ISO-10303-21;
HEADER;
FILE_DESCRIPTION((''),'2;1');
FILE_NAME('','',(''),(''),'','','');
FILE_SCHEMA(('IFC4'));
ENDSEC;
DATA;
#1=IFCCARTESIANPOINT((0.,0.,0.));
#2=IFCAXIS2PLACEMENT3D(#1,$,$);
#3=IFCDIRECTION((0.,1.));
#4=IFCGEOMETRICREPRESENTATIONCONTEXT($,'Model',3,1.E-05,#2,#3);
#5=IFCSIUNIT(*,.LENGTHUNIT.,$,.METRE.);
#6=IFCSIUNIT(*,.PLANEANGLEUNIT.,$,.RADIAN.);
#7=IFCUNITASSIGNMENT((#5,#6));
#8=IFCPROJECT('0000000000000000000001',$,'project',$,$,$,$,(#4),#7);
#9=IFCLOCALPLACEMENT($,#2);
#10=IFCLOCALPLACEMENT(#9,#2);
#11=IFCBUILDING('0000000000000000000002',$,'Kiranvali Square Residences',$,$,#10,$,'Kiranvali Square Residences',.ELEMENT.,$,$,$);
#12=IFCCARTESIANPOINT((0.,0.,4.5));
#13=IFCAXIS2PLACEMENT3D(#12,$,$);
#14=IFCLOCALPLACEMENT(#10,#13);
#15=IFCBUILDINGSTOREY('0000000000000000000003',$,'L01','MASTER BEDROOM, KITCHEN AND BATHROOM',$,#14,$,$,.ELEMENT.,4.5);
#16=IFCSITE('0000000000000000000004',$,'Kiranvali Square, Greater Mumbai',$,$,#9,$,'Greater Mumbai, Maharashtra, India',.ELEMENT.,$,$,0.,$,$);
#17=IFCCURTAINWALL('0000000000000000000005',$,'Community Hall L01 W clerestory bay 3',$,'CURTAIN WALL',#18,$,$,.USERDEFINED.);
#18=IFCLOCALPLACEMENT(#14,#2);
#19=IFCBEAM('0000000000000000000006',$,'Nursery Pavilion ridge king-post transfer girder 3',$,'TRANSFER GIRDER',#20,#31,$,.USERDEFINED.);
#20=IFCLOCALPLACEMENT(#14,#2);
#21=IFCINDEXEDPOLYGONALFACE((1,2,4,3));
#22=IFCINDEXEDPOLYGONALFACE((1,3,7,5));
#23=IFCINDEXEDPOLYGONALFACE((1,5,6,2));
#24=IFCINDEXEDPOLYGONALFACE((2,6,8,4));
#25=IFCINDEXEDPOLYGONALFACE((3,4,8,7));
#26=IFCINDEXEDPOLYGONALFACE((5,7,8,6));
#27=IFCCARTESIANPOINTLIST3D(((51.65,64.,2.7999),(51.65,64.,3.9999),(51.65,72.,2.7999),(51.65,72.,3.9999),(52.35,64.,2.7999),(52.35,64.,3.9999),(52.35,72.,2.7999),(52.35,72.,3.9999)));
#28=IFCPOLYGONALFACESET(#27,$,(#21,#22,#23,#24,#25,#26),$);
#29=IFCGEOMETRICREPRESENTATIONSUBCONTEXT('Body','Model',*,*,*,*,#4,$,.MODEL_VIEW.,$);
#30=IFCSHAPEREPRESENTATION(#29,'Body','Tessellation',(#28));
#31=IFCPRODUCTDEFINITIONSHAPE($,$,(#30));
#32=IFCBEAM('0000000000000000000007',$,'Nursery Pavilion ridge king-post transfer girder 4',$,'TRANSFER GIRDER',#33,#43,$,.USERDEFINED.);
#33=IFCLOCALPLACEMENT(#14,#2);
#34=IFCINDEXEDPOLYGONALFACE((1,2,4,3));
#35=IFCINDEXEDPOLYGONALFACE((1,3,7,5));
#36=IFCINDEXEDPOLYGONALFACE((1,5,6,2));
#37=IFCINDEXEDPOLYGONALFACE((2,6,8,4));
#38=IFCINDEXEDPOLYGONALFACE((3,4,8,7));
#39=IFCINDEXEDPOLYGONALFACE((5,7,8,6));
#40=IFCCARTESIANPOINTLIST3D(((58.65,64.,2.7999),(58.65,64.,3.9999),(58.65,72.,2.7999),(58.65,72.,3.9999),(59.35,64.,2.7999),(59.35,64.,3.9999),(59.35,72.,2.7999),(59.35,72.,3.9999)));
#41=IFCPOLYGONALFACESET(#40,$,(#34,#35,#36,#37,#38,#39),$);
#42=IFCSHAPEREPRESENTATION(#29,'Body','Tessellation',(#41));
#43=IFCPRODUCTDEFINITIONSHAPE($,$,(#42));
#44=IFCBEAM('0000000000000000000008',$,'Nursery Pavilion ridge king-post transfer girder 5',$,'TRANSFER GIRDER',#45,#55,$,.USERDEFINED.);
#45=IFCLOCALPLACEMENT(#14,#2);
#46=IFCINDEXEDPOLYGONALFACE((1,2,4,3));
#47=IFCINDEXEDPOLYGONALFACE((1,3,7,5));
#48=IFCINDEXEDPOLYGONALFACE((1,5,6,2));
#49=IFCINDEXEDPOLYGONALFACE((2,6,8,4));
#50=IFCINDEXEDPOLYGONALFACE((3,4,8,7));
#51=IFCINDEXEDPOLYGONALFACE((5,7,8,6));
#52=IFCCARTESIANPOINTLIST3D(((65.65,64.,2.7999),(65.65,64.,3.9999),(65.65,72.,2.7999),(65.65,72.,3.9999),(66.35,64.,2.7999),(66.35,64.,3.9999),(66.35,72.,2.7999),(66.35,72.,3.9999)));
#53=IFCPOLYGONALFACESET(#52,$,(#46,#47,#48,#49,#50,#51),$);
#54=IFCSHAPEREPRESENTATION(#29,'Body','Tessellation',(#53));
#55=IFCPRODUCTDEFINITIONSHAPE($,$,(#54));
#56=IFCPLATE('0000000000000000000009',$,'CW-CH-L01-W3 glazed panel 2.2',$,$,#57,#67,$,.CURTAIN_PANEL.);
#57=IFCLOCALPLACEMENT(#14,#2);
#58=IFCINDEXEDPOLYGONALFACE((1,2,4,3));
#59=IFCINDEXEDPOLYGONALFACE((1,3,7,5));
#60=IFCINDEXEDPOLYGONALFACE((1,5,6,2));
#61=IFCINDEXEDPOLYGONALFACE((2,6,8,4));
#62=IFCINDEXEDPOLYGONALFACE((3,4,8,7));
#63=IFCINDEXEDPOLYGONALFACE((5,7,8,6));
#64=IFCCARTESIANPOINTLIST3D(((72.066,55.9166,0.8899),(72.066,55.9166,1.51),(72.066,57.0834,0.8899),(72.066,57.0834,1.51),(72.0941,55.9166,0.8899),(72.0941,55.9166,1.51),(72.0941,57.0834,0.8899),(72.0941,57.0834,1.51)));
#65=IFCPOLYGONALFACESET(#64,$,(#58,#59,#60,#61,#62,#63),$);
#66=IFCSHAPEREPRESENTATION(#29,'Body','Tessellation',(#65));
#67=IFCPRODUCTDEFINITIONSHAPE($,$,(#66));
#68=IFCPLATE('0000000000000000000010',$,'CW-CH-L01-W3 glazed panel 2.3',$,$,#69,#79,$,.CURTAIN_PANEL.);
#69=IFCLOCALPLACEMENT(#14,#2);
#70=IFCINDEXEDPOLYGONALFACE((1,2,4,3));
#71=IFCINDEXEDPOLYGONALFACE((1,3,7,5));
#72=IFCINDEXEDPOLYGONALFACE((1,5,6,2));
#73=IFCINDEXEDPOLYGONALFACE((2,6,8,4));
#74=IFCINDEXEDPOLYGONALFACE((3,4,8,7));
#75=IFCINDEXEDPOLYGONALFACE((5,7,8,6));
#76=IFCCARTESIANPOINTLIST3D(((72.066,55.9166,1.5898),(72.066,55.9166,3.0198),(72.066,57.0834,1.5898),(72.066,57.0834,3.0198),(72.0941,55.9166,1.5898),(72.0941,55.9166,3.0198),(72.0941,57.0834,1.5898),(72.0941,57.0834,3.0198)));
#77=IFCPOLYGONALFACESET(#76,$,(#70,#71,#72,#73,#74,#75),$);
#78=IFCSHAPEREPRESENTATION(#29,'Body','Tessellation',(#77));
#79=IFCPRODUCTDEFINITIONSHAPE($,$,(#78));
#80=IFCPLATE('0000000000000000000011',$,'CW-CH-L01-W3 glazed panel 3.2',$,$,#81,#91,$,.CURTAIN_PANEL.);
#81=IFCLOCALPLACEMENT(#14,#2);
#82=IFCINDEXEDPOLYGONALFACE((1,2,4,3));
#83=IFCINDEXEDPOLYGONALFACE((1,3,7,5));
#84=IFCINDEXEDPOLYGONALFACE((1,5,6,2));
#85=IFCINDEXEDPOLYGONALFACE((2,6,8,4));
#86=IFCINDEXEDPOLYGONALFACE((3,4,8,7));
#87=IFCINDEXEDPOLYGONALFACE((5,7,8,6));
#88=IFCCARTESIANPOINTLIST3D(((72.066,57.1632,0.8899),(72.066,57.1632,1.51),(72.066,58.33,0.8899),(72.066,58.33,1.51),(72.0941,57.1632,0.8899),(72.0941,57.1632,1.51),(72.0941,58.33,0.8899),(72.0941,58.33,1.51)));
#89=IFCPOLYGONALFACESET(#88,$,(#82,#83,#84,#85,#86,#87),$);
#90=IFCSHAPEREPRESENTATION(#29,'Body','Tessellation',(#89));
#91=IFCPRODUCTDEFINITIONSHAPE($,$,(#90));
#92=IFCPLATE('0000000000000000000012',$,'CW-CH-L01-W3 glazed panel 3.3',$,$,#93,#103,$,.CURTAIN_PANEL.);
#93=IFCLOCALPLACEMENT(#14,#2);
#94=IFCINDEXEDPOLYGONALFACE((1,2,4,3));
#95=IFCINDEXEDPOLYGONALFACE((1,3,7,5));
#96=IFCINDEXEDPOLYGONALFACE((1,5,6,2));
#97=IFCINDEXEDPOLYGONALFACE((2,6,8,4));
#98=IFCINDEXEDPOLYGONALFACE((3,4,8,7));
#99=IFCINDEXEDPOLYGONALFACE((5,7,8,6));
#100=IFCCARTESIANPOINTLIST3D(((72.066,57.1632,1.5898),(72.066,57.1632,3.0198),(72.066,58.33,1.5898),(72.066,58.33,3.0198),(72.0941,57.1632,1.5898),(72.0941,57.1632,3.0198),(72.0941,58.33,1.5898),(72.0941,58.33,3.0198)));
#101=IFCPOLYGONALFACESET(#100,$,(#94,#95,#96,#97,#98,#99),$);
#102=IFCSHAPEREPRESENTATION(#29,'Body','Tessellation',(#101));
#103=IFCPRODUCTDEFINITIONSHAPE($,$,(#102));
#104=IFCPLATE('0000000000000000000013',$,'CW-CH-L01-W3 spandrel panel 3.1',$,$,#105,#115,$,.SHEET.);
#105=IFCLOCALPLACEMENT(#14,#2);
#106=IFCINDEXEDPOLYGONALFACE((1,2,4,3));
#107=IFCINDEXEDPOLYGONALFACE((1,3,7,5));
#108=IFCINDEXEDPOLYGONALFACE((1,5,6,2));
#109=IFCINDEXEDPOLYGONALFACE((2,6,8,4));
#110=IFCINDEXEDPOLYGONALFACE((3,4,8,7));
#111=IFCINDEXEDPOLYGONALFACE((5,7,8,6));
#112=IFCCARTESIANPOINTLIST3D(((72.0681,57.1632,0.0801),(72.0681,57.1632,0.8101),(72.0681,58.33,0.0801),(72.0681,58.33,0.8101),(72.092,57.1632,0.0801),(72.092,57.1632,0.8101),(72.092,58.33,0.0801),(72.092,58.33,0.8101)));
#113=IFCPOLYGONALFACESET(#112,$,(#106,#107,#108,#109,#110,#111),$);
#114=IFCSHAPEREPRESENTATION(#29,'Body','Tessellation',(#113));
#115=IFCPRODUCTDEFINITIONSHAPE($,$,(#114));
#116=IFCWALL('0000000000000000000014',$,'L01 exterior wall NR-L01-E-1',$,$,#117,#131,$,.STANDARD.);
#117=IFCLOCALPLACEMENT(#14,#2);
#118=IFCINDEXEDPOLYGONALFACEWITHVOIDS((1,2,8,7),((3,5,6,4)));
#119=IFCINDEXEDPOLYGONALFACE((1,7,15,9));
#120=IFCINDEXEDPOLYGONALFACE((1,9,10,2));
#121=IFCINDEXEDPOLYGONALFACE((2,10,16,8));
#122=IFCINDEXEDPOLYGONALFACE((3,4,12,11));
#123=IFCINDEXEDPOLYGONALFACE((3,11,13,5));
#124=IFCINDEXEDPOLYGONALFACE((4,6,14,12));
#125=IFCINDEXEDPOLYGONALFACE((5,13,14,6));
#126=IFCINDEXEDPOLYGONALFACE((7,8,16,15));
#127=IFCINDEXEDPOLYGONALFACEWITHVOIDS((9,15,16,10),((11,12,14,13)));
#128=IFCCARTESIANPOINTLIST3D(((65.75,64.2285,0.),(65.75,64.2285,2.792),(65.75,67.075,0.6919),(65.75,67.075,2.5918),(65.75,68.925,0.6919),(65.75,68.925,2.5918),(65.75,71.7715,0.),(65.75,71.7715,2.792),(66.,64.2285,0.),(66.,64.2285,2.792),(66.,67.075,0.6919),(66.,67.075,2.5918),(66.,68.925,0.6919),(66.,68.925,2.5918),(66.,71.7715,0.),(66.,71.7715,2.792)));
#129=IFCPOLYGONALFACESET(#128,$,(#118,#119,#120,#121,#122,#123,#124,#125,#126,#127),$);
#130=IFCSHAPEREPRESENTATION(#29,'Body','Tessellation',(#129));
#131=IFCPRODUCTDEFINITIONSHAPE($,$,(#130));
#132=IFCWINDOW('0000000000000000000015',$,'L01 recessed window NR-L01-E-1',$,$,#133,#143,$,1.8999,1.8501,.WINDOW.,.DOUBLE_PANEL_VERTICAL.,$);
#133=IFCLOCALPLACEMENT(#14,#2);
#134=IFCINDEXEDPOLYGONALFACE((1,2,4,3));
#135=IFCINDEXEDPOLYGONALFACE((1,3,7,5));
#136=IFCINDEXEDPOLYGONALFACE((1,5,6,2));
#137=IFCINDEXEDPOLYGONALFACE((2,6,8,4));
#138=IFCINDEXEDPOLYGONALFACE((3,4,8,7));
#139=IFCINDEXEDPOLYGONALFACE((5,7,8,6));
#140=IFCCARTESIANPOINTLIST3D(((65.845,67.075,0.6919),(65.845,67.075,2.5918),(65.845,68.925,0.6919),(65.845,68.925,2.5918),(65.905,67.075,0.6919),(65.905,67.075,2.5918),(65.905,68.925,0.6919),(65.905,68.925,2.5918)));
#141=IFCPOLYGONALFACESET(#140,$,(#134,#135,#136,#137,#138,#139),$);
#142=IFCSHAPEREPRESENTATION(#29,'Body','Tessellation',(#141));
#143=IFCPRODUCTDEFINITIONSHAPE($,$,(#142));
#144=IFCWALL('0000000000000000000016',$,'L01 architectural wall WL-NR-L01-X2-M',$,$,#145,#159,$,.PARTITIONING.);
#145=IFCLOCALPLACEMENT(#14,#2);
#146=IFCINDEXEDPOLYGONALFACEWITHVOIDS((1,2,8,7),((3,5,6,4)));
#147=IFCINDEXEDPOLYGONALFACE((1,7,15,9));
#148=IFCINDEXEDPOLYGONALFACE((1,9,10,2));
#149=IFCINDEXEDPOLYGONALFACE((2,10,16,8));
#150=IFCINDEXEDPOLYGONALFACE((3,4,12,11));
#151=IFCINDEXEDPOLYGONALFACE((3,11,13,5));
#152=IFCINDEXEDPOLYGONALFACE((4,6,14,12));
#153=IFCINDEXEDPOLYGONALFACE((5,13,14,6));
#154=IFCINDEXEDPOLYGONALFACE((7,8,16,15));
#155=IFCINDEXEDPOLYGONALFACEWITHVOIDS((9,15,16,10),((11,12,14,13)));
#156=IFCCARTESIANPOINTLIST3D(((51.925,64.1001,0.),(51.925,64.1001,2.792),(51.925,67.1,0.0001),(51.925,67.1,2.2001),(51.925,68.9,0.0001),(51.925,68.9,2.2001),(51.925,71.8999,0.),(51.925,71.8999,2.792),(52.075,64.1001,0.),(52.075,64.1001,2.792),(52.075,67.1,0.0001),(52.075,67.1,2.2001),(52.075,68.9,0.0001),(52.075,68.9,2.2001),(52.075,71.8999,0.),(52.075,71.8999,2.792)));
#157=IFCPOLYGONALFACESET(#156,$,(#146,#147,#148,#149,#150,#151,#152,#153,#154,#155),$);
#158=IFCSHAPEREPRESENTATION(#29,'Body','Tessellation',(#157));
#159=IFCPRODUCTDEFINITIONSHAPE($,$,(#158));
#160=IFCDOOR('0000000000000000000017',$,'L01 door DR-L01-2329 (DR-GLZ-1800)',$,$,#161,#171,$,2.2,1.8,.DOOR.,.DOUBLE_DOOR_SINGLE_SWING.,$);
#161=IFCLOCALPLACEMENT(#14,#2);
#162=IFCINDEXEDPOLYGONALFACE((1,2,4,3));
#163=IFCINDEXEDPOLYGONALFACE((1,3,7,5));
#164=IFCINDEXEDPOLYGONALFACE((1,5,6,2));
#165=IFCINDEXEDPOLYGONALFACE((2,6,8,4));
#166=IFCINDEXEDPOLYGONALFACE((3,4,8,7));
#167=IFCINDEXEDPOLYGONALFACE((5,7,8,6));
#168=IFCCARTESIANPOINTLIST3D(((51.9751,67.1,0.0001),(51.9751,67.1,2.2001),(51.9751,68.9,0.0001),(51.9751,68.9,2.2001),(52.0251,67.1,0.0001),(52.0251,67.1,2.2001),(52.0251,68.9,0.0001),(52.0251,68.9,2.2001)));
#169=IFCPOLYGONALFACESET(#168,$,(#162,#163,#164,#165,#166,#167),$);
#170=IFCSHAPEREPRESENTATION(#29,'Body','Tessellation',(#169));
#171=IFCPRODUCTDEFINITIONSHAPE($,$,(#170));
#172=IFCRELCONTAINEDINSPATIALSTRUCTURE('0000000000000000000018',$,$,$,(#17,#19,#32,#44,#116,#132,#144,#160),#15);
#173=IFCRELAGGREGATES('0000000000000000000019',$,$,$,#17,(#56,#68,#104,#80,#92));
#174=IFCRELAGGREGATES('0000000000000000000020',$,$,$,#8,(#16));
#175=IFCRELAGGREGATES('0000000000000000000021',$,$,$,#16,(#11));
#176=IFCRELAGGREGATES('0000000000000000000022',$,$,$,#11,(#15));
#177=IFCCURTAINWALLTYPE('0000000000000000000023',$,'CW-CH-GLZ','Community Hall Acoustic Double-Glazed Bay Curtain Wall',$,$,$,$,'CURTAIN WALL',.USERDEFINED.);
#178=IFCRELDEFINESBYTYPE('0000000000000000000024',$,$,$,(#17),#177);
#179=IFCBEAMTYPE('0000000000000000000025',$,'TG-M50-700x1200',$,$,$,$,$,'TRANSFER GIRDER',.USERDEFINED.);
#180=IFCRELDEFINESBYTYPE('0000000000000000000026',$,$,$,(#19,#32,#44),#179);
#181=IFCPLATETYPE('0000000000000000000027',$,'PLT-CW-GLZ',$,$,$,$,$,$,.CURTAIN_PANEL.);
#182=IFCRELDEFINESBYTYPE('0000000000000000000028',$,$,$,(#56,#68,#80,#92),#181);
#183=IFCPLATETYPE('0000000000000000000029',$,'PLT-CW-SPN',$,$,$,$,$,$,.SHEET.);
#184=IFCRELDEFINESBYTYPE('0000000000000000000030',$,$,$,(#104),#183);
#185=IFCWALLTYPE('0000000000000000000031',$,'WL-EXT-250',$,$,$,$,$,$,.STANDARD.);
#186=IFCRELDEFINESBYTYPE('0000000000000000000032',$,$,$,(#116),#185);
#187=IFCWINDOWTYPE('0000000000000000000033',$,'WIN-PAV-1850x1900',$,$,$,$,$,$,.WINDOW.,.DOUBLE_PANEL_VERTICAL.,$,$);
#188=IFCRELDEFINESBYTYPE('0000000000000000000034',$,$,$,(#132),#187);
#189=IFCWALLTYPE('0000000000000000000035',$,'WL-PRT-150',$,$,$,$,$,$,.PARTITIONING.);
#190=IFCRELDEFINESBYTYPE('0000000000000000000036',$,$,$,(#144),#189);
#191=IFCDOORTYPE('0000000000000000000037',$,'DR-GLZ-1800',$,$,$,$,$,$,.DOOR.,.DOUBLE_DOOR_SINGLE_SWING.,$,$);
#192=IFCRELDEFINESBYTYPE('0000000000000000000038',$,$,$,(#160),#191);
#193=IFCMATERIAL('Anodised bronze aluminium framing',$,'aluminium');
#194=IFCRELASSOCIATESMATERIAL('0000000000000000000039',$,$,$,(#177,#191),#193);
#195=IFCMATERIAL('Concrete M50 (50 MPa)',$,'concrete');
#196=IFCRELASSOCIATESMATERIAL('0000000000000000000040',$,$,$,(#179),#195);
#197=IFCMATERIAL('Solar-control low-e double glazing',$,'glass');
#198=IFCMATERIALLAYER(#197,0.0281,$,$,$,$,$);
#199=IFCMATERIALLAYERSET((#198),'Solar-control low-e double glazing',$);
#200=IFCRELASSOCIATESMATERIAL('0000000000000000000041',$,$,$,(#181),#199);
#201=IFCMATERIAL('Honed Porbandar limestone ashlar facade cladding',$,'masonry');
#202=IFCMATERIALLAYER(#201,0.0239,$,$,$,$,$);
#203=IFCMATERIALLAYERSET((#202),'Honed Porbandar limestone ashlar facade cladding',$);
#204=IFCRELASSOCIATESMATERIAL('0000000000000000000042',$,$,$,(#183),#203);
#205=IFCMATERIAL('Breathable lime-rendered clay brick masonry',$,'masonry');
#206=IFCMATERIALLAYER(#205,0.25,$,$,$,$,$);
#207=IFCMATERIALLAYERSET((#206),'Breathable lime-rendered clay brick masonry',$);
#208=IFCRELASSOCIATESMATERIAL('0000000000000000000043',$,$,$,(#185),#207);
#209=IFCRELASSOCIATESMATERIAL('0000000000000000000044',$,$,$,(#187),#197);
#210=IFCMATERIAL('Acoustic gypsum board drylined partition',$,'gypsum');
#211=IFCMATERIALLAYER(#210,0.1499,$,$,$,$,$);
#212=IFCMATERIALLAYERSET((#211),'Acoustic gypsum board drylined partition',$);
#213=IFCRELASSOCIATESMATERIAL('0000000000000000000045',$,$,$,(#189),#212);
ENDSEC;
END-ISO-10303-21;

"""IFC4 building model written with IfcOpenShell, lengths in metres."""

from ifc_helpers import new_model, si_unit, direction, frame, frame_2d, origin, origin_2d, place, context, subcontext, project, spatial, rectangle, extrude, material, layer, layer_set, material_profile, profile_set, type_object, element, fill, aggregate, save


model = new_model("IFC4")

# Units and contexts
model_context = context("Model", 3, precision=1e-05, world=origin(), true_north=direction((0.0, 1.0)))
body_context = subcontext(model_context, "Body", "Model", "MODEL_VIEW")
ifc_project = project(units=[si_unit("LENGTHUNIT", "METRE"), si_unit("PLANEANGLEUNIT", "RADIAN")], contexts=[model_context])

# Site, building, storey
site_placement = place(None, origin())
site = spatial("IfcSite", under=ifc_project, at=site_placement, Name="Kiranvali Square, Greater Mumbai", LongName="Greater Mumbai, Maharashtra, India", CompositionType="ELEMENT", RefElevation=0.0)
building_placement = place(site_placement, origin())
building = spatial("IfcBuilding", under=site, at=building_placement, Name="Kiranvali Square Residences", LongName="Kiranvali Square Residences", CompositionType="ELEMENT")
storey_placement = place(building_placement, frame((0.0, 0.0, 4.5)))
storey = spatial("IfcBuildingStorey", under=building, at=storey_placement, Name="L01", Description="MASTER BEDROOM, KITCHEN AND BATHROOM", CompositionType="ELEMENT", Elevation=4.5)

# Curtain wall
ifc_material_1 = material(Name="Anodised bronze aluminium framing", Category="aluminium")
curtain_wall_type = type_object("IfcCurtainWallType", Name="CW-CH-GLZ", Description="Community Hall Acoustic Double-Glazed Bay Curtain Wall", ElementType="CURTAIN WALL", PredefinedType="USERDEFINED", material=ifc_material_1)
curtain_wall_1_placement = place(storey_placement, origin())
curtain_wall_1 = element("IfcCurtainWall", 1, at=curtain_wall_1_placement, inside=storey, type_object=curtain_wall_type, Name="Community Hall L01 W clerestory bay 3", ObjectType="CURTAIN WALL", PredefinedType="USERDEFINED")

# Beams
ifc_material_2 = material(Name="Concrete M50 (50 MPa)", Category="concrete")
ifc_material_profile_1 = material_profile(ifc_material_2, rectangle(XDim=0.7, YDim=1.2, at=origin_2d()), Name="RC 700x1200")
ifc_profile_set_1 = profile_set([ifc_material_profile_1], Name="Concrete M50 (50 MPa)")
beam_type_1 = type_object("IfcBeamType", Name="TG-M50-700x1200", ElementType="TRANSFER GIRDER", PredefinedType="USERDEFINED", material=ifc_profile_set_1)
for number, where, z_axis, x_axis, name in (
    (2, (52.0, 64.0, 3.3999), (0.0, 1.0, 0.0), (-1.0, 0.0, 0.0), "Nursery Pavilion ridge king-post transfer girder 3"),
    (3, (59.0, 64.0, 3.3999), (0.0, 1.0, 0.0), (-1.0, 0.0, 0.0), "Nursery Pavilion ridge king-post transfer girder 4"),
    (4, (66.0, 64.0, 3.3999), (0.0, 1.0, 0.0), (-1.0, 0.0, 0.0), "Nursery Pavilion ridge king-post transfer girder 5"),
):
    element("IfcBeam", number, at=place(storey_placement, frame(where, z_axis=z_axis, x_axis=x_axis)), inside=storey, type_object=beam_type_1, Name=name, ObjectType="TRANSFER GIRDER", PredefinedType="USERDEFINED", context=body_context, shape_type="SweptSolid", body=[
        extrude(rectangle(XDim=0.7, YDim=1.2, at=origin_2d()), origin(), (0.0, 0.0, 1.0), 8.0),
    ])

# Plates
ifc_material_3 = material(Name="Solar-control low-e double glazing", Category="glass")
ifc_layer_1 = layer(ifc_material_3, 0.0281)
ifc_layer_set_1 = layer_set([ifc_layer_1], Name="Solar-control low-e double glazing")
plate_type_1 = type_object("IfcPlateType", Name="PLT-CW-GLZ", PredefinedType="CURTAIN_PANEL", material=ifc_layer_set_1)
plate_1_placement = place(storey_placement, frame((72.0801, 56.5, 0.8899), z_axis=(0.0, 0.0, 1.0), x_axis=(0.0, 1.0, 0.0)))
plate_1 = element("IfcPlate", 5, at=plate_1_placement, type_object=plate_type_1, Name="CW-CH-L01-W3 glazed panel 2.2", PredefinedType="CURTAIN_PANEL", context=body_context, shape_type="SweptSolid", body=[
    extrude(rectangle(XDim=1.1667, YDim=0.0281, at=origin_2d()), origin(), (0.0, 0.0, 1.0), 0.6201),
])
plate_2_placement = place(storey_placement, frame((72.0801, 56.5, 1.5898), z_axis=(0.0, 0.0, 1.0), x_axis=(0.0, 1.0, 0.0)))
plate_2 = element("IfcPlate", 6, at=plate_2_placement, type_object=plate_type_1, Name="CW-CH-L01-W3 glazed panel 2.3", PredefinedType="CURTAIN_PANEL", context=body_context, shape_type="SweptSolid", body=[
    extrude(rectangle(XDim=1.1667, YDim=0.0281, at=origin_2d()), origin(), (0.0, 0.0, 1.0), 1.4299),
])
plate_3_placement = place(storey_placement, frame((72.0801, 57.7466, 0.8899), z_axis=(0.0, 0.0, 1.0), x_axis=(0.0, 1.0, 0.0)))
plate_3 = element("IfcPlate", 7, at=plate_3_placement, type_object=plate_type_1, Name="CW-CH-L01-W3 glazed panel 3.2", PredefinedType="CURTAIN_PANEL", context=body_context, shape_type="SweptSolid", body=[
    extrude(rectangle(XDim=1.1667, YDim=0.0281, at=origin_2d()), origin(), (0.0, 0.0, 1.0), 0.6201),
])
plate_4_placement = place(storey_placement, frame((72.0801, 57.7466, 1.5898), z_axis=(0.0, 0.0, 1.0), x_axis=(0.0, 1.0, 0.0)))
plate_4 = element("IfcPlate", 8, at=plate_4_placement, type_object=plate_type_1, Name="CW-CH-L01-W3 glazed panel 3.3", PredefinedType="CURTAIN_PANEL", context=body_context, shape_type="SweptSolid", body=[
    extrude(rectangle(XDim=1.1667, YDim=0.0281, at=origin_2d()), origin(), (0.0, 0.0, 1.0), 1.4299),
])
ifc_material_4 = material(Name="Honed Porbandar limestone ashlar facade cladding", Category="masonry")
ifc_layer_2 = layer(ifc_material_4, 0.0239)
ifc_layer_set_2 = layer_set([ifc_layer_2], Name="Honed Porbandar limestone ashlar facade cladding")
plate_type_2 = type_object("IfcPlateType", Name="PLT-CW-SPN", PredefinedType="SHEET", material=ifc_layer_set_2)
plate_5_placement = place(storey_placement, frame((72.0801, 57.7466, 0.0801), z_axis=(0.0, 0.0, 1.0), x_axis=(0.0, 1.0, 0.0)))
plate_5 = element("IfcPlate", 9, at=plate_5_placement, type_object=plate_type_2, Name="CW-CH-L01-W3 spandrel panel 3.1", PredefinedType="SHEET", context=body_context, shape_type="SweptSolid", body=[
    extrude(rectangle(XDim=1.1667, YDim=0.0239, at=origin_2d()), origin(), (0.0, 0.0, 1.0), 0.73),
])
aggregate(curtain_wall_1, [plate_1, plate_2, plate_5, plate_3, plate_4])

# Wall, opening, window
ifc_material_5 = material(Name="Breathable lime-rendered clay brick masonry", Category="masonry")
ifc_layer_3 = layer(ifc_material_5, 0.25)
ifc_layer_set_3 = layer_set([ifc_layer_3], Name="Breathable lime-rendered clay brick masonry")
wall_type_1 = type_object("IfcWallType", Name="WL-EXT-250", PredefinedType="STANDARD", material=ifc_layer_set_3)
wall_1_placement = place(storey_placement, frame((65.875, 64.2285, 0.0), z_axis=(0.0, 0.0, 1.0), x_axis=(0.0, 1.0, 0.0)))
wall_1 = element("IfcWall", 10, at=wall_1_placement, inside=storey, type_object=wall_type_1, Name="L01 exterior wall NR-L01-E-1", PredefinedType="STANDARD", context=body_context, shape_type="SweptSolid", body=[
    extrude(rectangle(XDim=7.543, YDim=0.25, at=frame_2d((3.7715, 0.0))), origin(), (0.0, 0.0, 1.0), 2.792),
])
opening_1_placement = place(wall_1_placement, frame((2.8464, 0.0, 0.6919)))
opening_1 = element("IfcOpeningElement", 11, at=opening_1_placement, cuts=wall_1, PredefinedType="OPENING", context=body_context, shape_type="SweptSolid", body=[
    extrude(rectangle(XDim=1.8501, YDim=1.8999, at=frame_2d((0.925, 0.95))), frame((0.0, 0.135, 0.0), z_axis=(0.0, -1.0, 0.0), x_axis=(1.0, 0.0, 0.0)), (0.0, 0.0, 1.0), 0.27),
])
window_type = type_object("IfcWindowType", Name="WIN-PAV-1850x1900", PartitioningType="DOUBLE_PANEL_VERTICAL", PredefinedType="WINDOW", material=ifc_material_3)
window_placement = place(opening_1_placement, origin())
window = element("IfcWindow", 12, at=window_placement, inside=storey, type_object=window_type, Name="L01 recessed window NR-L01-E-1", OverallHeight=1.8999, OverallWidth=1.8501, PartitioningType="DOUBLE_PANEL_VERTICAL", PredefinedType="WINDOW", context=body_context, shape_type="SweptSolid", body=[
    extrude(rectangle(XDim=1.8501, YDim=1.8999, at=frame_2d((0.925, 0.95))), frame((0.0, 0.03, 0.0), z_axis=(0.0, -1.0, 0.0), x_axis=(1.0, 0.0, 0.0)), (0.0, 0.0, 1.0), 0.0601),
])
fill(opening_1, window)

# Wall, opening, door
ifc_material_6 = material(Name="Acoustic gypsum board drylined partition", Category="gypsum")
ifc_layer_4 = layer(ifc_material_6, 0.1499)
ifc_layer_set_4 = layer_set([ifc_layer_4], Name="Acoustic gypsum board drylined partition")
wall_type_2 = type_object("IfcWallType", Name="WL-PRT-150", PredefinedType="PARTITIONING", material=ifc_layer_set_4)
wall_2_placement = place(storey_placement, frame((52.0, 64.1001, 0.0), z_axis=(0.0, 0.0, 1.0), x_axis=(0.0, 1.0, 0.0)))
wall_2 = element("IfcWall", 13, at=wall_2_placement, inside=storey, type_object=wall_type_2, Name="L01 architectural wall WL-NR-L01-X2-M", PredefinedType="PARTITIONING", context=body_context, shape_type="SweptSolid", body=[
    extrude(rectangle(XDim=7.7998, YDim=0.1499, at=frame_2d((3.8999, 0.0))), origin(), (0.0, 0.0, 1.0), 2.792),
])
opening_2_placement = place(wall_2_placement, frame((3.0, 0.0, 0.0)))
opening_2 = element("IfcOpeningElement", 14, at=opening_2_placement, cuts=wall_2, PredefinedType="OPENING", context=body_context, shape_type="SweptSolid", body=[
    extrude(rectangle(XDim=1.8, YDim=2.2, at=frame_2d((0.8999, 1.1001))), frame((0.0, 0.085, 0.0), z_axis=(0.0, -1.0, 0.0), x_axis=(1.0, 0.0, 0.0)), (0.0, 0.0, 1.0), 0.1699),
])
door_type_1 = type_object("IfcDoorType", Name="DR-GLZ-1800", OperationType="DOUBLE_DOOR_SINGLE_SWING", PredefinedType="DOOR", material=ifc_material_1)
door_1_placement = place(opening_2_placement, origin())
door_1 = element("IfcDoor", 15, at=door_1_placement, inside=storey, type_object=door_type_1, Name="L01 door DR-L01-2329 (DR-GLZ-1800)", OperationType="DOUBLE_DOOR_SINGLE_SWING", OverallHeight=2.2, OverallWidth=1.8, PredefinedType="DOOR", context=body_context, shape_type="SweptSolid", body=[
    extrude(rectangle(XDim=1.8, YDim=2.2, at=frame_2d((0.8999, 1.1001))), frame((0.0, 0.0249, 0.0), z_axis=(0.0, -1.0, 0.0), x_axis=(1.0, 0.0, 0.0)), (0.0, 0.0, 1.0), 0.05),
])
fill(opening_2, door_1)

save(model, "model.ifc")
